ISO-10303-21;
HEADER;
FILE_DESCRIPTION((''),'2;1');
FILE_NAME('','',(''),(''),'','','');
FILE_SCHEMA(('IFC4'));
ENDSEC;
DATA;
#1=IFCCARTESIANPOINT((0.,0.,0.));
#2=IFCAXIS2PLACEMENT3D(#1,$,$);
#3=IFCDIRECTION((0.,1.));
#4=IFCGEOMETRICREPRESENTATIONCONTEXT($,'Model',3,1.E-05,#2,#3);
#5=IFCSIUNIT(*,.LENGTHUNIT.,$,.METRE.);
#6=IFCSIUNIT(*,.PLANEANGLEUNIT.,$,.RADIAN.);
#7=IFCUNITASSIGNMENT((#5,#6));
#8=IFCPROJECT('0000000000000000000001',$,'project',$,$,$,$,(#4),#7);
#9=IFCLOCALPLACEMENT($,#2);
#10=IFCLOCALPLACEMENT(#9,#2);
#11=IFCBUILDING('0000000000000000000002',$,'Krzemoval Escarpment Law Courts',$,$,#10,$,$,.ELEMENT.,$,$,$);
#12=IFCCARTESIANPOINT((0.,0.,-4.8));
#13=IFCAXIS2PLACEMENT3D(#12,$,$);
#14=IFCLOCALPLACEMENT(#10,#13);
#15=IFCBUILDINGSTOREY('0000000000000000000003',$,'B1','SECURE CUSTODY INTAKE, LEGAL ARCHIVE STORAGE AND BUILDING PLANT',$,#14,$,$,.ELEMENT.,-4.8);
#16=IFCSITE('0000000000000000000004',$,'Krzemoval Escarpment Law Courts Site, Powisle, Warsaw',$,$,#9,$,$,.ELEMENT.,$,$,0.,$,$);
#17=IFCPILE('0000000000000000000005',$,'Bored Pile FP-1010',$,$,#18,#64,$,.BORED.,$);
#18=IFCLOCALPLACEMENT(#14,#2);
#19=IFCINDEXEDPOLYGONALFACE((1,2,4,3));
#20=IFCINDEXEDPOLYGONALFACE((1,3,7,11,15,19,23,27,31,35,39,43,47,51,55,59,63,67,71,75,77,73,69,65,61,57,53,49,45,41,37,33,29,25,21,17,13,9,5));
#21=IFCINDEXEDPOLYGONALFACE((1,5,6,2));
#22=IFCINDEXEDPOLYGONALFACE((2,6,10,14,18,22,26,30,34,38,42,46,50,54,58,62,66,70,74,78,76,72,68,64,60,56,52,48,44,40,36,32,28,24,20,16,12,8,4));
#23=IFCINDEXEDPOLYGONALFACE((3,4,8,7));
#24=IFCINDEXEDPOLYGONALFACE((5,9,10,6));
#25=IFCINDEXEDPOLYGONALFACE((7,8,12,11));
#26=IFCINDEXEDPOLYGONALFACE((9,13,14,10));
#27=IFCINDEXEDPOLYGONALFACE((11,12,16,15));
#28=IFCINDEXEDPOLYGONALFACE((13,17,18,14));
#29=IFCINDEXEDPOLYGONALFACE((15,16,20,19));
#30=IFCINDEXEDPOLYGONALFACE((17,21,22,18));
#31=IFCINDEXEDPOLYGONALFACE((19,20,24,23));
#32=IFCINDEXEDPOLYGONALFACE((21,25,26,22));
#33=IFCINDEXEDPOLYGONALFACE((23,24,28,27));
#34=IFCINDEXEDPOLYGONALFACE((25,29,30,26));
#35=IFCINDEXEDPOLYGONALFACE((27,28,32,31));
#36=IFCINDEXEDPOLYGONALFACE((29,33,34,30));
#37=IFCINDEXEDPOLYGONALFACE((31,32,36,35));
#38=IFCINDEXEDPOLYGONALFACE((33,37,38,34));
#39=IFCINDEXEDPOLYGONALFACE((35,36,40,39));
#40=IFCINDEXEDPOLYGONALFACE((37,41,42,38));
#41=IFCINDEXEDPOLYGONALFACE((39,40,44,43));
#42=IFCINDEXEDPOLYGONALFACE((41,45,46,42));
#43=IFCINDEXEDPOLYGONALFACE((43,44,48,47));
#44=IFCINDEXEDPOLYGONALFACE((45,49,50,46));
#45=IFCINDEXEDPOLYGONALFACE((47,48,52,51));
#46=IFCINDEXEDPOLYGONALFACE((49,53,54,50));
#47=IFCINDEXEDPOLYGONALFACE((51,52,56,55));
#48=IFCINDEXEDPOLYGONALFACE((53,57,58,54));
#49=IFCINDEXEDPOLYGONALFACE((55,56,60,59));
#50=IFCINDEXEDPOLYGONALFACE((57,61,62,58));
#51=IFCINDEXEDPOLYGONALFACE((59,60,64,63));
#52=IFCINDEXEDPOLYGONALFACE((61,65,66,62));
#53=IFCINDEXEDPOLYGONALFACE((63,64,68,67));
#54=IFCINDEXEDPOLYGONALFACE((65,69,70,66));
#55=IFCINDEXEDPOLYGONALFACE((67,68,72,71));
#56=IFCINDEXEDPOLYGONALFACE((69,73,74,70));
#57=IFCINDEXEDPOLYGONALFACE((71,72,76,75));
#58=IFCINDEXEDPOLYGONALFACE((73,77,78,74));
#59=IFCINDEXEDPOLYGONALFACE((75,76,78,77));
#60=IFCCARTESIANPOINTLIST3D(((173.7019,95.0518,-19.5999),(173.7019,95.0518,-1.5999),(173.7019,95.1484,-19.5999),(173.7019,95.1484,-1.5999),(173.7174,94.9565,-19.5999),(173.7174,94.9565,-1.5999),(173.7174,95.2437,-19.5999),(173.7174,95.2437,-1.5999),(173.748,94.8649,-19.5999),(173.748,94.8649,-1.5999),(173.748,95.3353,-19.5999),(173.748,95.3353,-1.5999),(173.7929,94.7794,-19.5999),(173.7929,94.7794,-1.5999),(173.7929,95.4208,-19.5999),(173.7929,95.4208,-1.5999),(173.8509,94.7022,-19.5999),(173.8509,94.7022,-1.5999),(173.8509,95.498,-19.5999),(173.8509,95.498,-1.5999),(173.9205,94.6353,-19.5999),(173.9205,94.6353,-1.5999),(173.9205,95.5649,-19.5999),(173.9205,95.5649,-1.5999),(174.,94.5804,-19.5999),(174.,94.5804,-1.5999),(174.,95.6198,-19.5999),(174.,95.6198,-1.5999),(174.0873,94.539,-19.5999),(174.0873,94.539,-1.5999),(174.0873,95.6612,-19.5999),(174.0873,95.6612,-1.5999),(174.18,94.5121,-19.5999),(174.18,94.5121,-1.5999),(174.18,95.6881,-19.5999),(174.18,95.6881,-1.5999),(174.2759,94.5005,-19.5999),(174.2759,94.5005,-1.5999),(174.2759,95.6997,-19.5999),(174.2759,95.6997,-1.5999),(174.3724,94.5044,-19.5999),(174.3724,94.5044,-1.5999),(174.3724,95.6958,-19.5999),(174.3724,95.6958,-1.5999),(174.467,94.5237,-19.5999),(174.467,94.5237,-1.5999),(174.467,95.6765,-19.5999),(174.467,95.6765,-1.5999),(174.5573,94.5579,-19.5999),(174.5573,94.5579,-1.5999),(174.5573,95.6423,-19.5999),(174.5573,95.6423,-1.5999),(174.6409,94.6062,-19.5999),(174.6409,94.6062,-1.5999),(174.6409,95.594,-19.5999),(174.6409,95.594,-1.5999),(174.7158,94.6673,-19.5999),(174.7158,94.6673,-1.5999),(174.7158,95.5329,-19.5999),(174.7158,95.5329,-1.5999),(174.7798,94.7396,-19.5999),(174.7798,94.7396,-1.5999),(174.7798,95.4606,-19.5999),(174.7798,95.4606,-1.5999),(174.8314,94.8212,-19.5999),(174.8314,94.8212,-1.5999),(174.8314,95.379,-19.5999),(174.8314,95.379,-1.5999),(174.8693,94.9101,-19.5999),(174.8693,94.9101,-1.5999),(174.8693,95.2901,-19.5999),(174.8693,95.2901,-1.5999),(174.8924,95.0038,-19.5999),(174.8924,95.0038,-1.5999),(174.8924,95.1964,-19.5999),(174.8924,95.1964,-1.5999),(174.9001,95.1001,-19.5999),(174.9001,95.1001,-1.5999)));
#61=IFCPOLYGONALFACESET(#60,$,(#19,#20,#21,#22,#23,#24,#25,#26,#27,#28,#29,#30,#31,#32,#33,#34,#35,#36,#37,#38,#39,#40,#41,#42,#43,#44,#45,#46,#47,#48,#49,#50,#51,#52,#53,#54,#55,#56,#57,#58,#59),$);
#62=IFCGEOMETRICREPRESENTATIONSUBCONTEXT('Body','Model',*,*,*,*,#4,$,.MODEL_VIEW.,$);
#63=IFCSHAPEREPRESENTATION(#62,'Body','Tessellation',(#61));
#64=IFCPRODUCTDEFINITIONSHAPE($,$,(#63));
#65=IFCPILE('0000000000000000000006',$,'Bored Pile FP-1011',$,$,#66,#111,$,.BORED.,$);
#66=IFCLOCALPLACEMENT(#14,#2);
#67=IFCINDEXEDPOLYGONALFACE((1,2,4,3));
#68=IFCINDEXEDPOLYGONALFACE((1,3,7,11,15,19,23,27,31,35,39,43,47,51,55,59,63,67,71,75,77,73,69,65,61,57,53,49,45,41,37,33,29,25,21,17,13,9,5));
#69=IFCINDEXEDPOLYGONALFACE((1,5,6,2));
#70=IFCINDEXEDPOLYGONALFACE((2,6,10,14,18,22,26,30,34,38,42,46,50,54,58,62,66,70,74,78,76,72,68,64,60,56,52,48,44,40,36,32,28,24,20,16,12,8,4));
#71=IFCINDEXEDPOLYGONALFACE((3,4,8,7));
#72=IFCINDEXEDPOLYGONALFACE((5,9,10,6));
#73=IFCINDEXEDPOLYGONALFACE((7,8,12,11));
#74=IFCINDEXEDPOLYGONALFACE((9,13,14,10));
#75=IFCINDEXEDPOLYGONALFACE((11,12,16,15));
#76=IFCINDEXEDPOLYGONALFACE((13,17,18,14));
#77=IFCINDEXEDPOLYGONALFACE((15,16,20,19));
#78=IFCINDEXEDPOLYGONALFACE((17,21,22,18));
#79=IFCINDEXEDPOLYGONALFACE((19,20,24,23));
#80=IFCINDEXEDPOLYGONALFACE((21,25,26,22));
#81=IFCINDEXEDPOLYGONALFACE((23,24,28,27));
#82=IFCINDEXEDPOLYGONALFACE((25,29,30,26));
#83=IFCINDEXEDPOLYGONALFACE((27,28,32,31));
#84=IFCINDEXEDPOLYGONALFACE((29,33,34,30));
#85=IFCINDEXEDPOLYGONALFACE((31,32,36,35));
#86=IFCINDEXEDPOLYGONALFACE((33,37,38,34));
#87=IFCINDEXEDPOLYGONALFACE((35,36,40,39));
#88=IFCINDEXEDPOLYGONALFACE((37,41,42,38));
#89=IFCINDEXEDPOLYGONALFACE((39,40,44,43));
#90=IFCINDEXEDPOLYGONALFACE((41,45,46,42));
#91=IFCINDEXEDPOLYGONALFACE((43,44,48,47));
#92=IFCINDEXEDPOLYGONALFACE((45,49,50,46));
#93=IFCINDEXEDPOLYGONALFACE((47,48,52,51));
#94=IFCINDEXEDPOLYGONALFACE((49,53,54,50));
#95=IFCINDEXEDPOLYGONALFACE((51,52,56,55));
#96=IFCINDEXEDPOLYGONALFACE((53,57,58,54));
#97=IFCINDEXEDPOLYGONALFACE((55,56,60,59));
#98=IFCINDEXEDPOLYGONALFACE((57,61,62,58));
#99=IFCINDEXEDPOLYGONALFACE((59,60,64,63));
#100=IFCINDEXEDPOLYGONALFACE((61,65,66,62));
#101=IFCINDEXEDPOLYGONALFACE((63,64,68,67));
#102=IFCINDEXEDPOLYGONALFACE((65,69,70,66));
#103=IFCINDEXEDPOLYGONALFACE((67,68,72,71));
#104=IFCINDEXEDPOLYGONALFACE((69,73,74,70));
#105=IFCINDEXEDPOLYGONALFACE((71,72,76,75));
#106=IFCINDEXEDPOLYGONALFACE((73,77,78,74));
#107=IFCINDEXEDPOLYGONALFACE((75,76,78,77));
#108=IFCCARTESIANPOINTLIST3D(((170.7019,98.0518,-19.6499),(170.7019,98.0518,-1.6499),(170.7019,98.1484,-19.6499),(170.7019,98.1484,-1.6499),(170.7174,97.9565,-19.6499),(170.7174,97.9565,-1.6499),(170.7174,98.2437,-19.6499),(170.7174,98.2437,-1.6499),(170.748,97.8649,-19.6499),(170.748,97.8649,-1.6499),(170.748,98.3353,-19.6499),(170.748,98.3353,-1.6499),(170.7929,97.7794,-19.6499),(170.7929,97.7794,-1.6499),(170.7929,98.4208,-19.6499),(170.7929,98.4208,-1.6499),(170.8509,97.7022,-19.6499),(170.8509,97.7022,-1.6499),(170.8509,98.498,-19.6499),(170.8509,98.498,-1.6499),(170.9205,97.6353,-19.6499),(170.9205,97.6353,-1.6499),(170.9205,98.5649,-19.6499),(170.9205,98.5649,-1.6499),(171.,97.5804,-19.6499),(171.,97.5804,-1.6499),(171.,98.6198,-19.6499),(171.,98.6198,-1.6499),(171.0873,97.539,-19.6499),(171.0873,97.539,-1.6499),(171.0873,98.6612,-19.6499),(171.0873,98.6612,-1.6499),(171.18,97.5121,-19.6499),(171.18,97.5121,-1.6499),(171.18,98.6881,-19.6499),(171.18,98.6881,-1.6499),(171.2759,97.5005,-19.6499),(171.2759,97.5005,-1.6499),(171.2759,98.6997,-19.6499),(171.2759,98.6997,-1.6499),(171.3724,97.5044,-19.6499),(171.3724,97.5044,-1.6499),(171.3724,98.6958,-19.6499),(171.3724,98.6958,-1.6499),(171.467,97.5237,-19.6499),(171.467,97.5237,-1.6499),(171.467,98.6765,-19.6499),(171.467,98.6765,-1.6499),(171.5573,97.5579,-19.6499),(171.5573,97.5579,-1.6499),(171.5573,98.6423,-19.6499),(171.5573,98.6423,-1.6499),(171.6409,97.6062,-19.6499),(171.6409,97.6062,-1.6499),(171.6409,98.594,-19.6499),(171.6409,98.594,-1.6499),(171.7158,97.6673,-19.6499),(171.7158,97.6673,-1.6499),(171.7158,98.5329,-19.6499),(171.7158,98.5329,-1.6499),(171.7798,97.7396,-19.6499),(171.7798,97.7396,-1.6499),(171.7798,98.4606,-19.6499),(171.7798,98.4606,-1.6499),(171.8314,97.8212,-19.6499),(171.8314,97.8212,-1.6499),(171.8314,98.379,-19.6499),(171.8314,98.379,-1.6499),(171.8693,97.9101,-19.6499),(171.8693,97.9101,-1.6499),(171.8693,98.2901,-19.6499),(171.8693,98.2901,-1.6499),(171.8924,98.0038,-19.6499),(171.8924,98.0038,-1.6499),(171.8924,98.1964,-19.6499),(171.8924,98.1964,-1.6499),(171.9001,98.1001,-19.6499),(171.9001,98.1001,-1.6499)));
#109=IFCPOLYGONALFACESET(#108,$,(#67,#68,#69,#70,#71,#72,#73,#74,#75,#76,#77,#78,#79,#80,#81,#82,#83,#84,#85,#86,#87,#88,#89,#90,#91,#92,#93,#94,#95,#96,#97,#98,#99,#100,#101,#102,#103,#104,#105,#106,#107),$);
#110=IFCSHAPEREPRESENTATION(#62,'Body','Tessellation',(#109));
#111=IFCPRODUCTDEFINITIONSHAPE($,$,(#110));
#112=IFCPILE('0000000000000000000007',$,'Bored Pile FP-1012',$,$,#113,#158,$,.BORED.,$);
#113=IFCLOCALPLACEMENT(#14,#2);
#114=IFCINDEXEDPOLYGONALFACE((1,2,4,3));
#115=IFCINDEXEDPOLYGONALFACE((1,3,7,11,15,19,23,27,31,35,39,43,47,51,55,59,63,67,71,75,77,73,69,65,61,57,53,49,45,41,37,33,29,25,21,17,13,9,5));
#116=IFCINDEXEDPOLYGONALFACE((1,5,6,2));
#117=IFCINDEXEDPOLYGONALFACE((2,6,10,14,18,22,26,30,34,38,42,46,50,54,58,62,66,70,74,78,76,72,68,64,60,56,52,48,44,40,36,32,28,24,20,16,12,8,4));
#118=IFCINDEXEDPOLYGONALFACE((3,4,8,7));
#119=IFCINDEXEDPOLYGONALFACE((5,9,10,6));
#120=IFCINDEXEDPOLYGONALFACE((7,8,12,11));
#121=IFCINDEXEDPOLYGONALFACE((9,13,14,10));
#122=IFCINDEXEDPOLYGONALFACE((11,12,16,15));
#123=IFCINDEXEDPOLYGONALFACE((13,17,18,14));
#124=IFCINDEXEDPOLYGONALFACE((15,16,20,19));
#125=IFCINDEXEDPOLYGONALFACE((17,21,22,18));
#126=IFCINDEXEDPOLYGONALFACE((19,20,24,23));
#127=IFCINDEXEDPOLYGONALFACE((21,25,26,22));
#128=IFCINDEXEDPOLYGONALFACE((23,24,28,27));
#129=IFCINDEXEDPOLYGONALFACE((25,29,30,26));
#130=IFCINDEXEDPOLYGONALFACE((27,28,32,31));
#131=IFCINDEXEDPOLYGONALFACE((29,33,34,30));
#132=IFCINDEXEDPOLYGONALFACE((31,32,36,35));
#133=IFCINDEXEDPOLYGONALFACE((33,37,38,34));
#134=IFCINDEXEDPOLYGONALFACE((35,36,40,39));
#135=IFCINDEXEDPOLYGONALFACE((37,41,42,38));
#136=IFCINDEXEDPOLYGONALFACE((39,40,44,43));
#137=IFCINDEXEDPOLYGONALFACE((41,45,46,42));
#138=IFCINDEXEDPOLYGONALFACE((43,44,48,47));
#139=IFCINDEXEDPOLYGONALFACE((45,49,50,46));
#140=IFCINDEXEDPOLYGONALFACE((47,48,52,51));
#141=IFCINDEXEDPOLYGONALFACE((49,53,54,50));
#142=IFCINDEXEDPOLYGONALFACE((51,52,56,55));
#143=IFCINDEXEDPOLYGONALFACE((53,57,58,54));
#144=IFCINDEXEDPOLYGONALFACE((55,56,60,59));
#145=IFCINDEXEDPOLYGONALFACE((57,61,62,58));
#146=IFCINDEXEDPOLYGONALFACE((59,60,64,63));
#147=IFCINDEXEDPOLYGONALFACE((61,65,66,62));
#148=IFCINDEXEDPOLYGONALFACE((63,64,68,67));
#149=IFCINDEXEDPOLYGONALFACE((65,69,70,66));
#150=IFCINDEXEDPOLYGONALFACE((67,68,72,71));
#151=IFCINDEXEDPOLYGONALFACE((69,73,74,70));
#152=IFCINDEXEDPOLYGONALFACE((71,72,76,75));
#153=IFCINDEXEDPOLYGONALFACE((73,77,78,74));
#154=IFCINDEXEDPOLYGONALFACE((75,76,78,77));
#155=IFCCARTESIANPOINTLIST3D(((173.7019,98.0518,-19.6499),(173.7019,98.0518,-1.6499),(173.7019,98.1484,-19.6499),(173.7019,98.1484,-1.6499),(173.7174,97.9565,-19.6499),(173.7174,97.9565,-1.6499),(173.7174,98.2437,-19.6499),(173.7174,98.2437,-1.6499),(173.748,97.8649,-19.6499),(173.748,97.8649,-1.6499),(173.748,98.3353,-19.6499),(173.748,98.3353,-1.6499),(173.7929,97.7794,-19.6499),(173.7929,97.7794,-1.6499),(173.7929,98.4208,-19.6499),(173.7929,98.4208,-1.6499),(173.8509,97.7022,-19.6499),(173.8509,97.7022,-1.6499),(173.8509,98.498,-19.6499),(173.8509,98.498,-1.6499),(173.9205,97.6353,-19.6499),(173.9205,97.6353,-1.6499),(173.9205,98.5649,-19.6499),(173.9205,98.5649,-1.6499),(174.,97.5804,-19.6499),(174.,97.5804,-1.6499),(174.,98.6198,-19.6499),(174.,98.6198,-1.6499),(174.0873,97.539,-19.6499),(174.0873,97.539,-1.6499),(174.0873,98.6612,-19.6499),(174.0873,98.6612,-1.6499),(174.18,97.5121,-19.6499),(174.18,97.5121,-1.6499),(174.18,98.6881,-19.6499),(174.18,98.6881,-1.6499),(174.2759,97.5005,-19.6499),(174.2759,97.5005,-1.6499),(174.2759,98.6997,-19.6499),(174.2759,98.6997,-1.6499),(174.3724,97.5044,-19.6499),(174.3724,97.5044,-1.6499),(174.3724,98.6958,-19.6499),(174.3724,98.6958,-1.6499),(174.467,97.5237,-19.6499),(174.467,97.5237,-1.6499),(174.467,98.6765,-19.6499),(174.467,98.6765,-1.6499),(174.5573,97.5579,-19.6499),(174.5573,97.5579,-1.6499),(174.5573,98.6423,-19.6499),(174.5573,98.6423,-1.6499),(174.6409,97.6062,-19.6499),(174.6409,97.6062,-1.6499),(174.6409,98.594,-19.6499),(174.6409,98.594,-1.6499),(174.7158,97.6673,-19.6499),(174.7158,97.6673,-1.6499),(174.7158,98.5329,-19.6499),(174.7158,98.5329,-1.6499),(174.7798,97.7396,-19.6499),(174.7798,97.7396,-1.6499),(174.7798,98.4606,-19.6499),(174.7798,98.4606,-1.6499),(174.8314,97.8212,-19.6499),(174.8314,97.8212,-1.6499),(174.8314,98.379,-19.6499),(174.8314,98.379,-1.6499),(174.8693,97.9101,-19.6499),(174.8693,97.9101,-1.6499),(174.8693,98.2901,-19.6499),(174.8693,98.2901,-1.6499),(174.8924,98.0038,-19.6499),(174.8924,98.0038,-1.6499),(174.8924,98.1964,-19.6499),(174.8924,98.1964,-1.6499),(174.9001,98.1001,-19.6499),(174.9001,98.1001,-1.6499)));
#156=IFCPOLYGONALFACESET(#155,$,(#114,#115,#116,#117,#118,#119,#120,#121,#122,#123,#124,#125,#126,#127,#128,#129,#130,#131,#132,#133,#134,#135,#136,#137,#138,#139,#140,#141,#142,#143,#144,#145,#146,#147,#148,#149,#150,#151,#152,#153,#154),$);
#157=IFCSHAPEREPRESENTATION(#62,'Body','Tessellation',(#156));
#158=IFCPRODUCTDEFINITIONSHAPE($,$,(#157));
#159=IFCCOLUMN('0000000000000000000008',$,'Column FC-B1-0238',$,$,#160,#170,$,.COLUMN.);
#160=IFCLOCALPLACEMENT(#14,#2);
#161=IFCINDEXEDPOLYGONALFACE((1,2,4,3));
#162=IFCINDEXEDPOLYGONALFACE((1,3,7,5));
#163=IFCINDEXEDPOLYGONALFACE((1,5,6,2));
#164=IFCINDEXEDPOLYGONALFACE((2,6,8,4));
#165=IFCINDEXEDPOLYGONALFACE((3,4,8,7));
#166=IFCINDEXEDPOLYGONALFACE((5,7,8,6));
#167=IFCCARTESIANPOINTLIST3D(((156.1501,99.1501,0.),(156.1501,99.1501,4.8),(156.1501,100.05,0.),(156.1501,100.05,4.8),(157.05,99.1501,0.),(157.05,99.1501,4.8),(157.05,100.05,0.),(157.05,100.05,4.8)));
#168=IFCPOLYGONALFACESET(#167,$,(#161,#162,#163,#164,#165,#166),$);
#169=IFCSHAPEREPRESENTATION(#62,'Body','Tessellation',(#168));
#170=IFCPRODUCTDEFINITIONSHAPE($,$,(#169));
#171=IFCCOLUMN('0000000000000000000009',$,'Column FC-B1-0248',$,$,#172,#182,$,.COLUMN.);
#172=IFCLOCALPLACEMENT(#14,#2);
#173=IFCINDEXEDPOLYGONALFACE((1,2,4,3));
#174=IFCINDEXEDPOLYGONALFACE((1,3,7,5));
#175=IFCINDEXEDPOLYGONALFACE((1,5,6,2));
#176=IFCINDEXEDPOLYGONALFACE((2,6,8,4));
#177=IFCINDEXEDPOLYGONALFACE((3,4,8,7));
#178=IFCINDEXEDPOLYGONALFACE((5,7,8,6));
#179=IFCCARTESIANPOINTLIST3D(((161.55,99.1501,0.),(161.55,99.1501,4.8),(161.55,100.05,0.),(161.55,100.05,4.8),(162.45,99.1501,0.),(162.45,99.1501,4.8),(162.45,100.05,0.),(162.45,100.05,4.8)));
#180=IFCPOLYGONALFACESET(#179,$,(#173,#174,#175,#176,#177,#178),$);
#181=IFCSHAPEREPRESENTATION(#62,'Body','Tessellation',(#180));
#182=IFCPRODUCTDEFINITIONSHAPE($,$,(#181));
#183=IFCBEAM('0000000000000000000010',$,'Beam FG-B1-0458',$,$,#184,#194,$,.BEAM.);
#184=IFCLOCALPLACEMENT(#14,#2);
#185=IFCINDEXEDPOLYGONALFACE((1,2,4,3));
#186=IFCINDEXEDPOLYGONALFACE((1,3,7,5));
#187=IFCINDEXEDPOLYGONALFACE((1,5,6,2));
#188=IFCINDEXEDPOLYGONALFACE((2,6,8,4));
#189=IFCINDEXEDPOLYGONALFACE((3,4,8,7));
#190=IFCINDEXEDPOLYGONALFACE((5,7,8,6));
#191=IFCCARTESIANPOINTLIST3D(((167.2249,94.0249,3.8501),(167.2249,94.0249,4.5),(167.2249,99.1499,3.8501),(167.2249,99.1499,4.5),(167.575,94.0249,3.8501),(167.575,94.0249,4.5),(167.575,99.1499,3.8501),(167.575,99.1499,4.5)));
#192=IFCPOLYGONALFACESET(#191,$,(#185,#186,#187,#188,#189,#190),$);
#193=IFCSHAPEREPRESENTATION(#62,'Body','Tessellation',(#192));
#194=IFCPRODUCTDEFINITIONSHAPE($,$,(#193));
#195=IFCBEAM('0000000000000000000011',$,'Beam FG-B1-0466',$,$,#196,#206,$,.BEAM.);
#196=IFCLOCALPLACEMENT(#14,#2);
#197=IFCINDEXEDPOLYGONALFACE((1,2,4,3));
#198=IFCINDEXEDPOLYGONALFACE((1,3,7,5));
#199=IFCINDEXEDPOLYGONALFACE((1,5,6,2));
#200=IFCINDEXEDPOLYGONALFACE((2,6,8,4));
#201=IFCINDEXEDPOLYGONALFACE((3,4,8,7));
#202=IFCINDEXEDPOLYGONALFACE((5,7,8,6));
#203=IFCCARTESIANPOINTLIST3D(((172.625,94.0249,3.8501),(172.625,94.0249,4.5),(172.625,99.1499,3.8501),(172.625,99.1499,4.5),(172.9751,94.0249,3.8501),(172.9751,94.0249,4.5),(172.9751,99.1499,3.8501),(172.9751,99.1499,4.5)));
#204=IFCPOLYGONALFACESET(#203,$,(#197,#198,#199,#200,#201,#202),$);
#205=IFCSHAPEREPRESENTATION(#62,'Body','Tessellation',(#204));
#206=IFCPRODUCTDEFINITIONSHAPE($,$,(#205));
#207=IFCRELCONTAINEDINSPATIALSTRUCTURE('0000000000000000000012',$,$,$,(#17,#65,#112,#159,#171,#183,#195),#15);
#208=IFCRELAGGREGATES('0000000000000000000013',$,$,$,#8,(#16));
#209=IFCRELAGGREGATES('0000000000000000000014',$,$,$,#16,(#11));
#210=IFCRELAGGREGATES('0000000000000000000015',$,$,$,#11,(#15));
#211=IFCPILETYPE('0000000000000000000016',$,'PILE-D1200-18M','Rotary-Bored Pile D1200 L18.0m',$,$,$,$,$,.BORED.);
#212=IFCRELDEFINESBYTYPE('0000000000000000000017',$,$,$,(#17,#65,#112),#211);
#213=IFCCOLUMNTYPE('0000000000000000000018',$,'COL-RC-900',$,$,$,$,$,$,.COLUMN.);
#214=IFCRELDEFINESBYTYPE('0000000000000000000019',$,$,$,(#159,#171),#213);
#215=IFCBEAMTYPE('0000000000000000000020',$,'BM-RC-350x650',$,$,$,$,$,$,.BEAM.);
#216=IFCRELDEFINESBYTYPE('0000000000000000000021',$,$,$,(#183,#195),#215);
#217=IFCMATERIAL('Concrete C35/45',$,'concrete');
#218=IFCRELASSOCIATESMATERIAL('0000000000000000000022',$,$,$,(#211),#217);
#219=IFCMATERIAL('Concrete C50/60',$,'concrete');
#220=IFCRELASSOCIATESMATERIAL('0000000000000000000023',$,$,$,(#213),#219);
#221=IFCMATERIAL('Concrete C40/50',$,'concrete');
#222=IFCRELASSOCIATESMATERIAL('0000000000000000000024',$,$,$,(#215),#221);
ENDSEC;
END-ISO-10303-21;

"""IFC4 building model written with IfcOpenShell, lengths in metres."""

from ifc_helpers import new_model, si_unit, direction, frame, origin, origin_2d, place, context, subcontext, project, spatial, rectangle, circle, extrude, material, material_profile, profile_set, type_object, element, save


model = new_model("IFC4")

# Units and contexts
model_context = context("Model", 3, precision=1e-05, world=origin(), true_north=direction((0.0, 1.0)))
body_context = subcontext(model_context, "Body", "Model", "MODEL_VIEW")
ifc_project = project(units=[si_unit("LENGTHUNIT", "METRE"), si_unit("PLANEANGLEUNIT", "RADIAN")], contexts=[model_context])

# Site, building, storey
site_placement = place(None, origin())
site = spatial("IfcSite", under=ifc_project, at=site_placement, Name="Krzemoval Escarpment Law Courts Site, Powisle, Warsaw", CompositionType="ELEMENT", RefElevation=0.0)
building_placement = place(site_placement, origin())
building = spatial("IfcBuilding", under=site, at=building_placement, Name="Krzemoval Escarpment Law Courts", CompositionType="ELEMENT")
storey_placement = place(building_placement, frame((0.0, 0.0, -4.8)))
storey = spatial("IfcBuildingStorey", under=building, at=storey_placement, Name="B1", Description="SECURE CUSTODY INTAKE, LEGAL ARCHIVE STORAGE AND BUILDING PLANT", CompositionType="ELEMENT", Elevation=-4.8)

# Piles
ifc_material_1 = material(Name="Concrete C35/45", Category="concrete")
ifc_material_profile_1 = material_profile(ifc_material_1, circle(Radius=0.6001, at=origin_2d()), Name="PILE D1200")
ifc_profile_set_1 = profile_set([ifc_material_profile_1], Name="Concrete C35/45")
pile_type = type_object("IfcPileType", Name="PILE-D1200-18M", Description="Rotary-Bored Pile D1200 L18.0m", PredefinedType="BORED", material=ifc_profile_set_1)
for number, where, z_axis, x_axis, name in (
    (1, (174.3, 95.1001, -1.5999), (0.0, 0.0, -1.0), (1.0, 0.0, 0.0), "Bored Pile FP-1010"),
    (2, (171.3, 98.1001, -1.6499), (0.0, 0.0, -1.0), (1.0, 0.0, 0.0), "Bored Pile FP-1011"),
    (3, (174.3, 98.1001, -1.6499), (0.0, 0.0, -1.0), (1.0, 0.0, 0.0), "Bored Pile FP-1012"),
):
    element("IfcPile", number, at=place(storey_placement, frame(where, z_axis=z_axis, x_axis=x_axis)), inside=storey, type_object=pile_type, Name=name, PredefinedType="BORED", context=body_context, shape_type="SweptSolid", body=[
        extrude(circle(Radius=0.6001, at=origin_2d()), origin(), (0.0, 0.0, 1.0), 18.0),
    ])

# Columns
ifc_material_2 = material(Name="Concrete C50/60", Category="concrete")
ifc_material_profile_2 = material_profile(ifc_material_2, rectangle(XDim=0.8999, YDim=0.8999, at=origin_2d()), Name="RC 900x900")
ifc_profile_set_2 = profile_set([ifc_material_profile_2], Name="Concrete C50/60")
column_type = type_object("IfcColumnType", Name="COL-RC-900", PredefinedType="COLUMN", material=ifc_profile_set_2)
for number, where, z_axis, x_axis, name in (
    (4, (156.6001, 99.6001, 0.0), (0.0, 0.0, 1.0), (1.0, 0.0, 0.0), "Column FC-B1-0238"),
    (5, (162.0, 99.6001, 0.0), (0.0, 0.0, 1.0), (1.0, 0.0, 0.0), "Column FC-B1-0248"),
):
    element("IfcColumn", number, at=place(storey_placement, frame(where, z_axis=z_axis, x_axis=x_axis)), inside=storey, type_object=column_type, Name=name, PredefinedType="COLUMN", context=body_context, shape_type="SweptSolid", body=[
        extrude(rectangle(XDim=0.8999, YDim=0.8999, at=origin_2d()), origin(), (0.0, 0.0, 1.0), 4.8),
    ])

# Beams
ifc_material_3 = material(Name="Concrete C40/50", Category="concrete")
ifc_material_profile_3 = material_profile(ifc_material_3, rectangle(XDim=0.3501, YDim=0.6499, at=origin_2d()), Name="RCB 350x650")
ifc_profile_set_3 = profile_set([ifc_material_profile_3], Name="Concrete C40/50")
beam_type_1 = type_object("IfcBeamType", Name="BM-RC-350x650", PredefinedType="BEAM", material=ifc_profile_set_3)
for number, where, z_axis, x_axis, name in (
    (6, (167.3999, 94.0249, 4.175), (0.0, 1.0, 0.0), (-1.0, 0.0, 0.0), "Beam FG-B1-0458"),
    (7, (172.8, 94.0249, 4.175), (0.0, 1.0, 0.0), (-1.0, 0.0, 0.0), "Beam FG-B1-0466"),
):
    element("IfcBeam", number, at=place(storey_placement, frame(where, z_axis=z_axis, x_axis=x_axis)), inside=storey, type_object=beam_type_1, Name=name, PredefinedType="BEAM", context=body_context, shape_type="SweptSolid", body=[
        extrude(rectangle(XDim=0.3501, YDim=0.6499, at=origin_2d()), origin(), (0.0, 0.0, 1.0), 5.125),
    ])

save(model, "model.ifc")
